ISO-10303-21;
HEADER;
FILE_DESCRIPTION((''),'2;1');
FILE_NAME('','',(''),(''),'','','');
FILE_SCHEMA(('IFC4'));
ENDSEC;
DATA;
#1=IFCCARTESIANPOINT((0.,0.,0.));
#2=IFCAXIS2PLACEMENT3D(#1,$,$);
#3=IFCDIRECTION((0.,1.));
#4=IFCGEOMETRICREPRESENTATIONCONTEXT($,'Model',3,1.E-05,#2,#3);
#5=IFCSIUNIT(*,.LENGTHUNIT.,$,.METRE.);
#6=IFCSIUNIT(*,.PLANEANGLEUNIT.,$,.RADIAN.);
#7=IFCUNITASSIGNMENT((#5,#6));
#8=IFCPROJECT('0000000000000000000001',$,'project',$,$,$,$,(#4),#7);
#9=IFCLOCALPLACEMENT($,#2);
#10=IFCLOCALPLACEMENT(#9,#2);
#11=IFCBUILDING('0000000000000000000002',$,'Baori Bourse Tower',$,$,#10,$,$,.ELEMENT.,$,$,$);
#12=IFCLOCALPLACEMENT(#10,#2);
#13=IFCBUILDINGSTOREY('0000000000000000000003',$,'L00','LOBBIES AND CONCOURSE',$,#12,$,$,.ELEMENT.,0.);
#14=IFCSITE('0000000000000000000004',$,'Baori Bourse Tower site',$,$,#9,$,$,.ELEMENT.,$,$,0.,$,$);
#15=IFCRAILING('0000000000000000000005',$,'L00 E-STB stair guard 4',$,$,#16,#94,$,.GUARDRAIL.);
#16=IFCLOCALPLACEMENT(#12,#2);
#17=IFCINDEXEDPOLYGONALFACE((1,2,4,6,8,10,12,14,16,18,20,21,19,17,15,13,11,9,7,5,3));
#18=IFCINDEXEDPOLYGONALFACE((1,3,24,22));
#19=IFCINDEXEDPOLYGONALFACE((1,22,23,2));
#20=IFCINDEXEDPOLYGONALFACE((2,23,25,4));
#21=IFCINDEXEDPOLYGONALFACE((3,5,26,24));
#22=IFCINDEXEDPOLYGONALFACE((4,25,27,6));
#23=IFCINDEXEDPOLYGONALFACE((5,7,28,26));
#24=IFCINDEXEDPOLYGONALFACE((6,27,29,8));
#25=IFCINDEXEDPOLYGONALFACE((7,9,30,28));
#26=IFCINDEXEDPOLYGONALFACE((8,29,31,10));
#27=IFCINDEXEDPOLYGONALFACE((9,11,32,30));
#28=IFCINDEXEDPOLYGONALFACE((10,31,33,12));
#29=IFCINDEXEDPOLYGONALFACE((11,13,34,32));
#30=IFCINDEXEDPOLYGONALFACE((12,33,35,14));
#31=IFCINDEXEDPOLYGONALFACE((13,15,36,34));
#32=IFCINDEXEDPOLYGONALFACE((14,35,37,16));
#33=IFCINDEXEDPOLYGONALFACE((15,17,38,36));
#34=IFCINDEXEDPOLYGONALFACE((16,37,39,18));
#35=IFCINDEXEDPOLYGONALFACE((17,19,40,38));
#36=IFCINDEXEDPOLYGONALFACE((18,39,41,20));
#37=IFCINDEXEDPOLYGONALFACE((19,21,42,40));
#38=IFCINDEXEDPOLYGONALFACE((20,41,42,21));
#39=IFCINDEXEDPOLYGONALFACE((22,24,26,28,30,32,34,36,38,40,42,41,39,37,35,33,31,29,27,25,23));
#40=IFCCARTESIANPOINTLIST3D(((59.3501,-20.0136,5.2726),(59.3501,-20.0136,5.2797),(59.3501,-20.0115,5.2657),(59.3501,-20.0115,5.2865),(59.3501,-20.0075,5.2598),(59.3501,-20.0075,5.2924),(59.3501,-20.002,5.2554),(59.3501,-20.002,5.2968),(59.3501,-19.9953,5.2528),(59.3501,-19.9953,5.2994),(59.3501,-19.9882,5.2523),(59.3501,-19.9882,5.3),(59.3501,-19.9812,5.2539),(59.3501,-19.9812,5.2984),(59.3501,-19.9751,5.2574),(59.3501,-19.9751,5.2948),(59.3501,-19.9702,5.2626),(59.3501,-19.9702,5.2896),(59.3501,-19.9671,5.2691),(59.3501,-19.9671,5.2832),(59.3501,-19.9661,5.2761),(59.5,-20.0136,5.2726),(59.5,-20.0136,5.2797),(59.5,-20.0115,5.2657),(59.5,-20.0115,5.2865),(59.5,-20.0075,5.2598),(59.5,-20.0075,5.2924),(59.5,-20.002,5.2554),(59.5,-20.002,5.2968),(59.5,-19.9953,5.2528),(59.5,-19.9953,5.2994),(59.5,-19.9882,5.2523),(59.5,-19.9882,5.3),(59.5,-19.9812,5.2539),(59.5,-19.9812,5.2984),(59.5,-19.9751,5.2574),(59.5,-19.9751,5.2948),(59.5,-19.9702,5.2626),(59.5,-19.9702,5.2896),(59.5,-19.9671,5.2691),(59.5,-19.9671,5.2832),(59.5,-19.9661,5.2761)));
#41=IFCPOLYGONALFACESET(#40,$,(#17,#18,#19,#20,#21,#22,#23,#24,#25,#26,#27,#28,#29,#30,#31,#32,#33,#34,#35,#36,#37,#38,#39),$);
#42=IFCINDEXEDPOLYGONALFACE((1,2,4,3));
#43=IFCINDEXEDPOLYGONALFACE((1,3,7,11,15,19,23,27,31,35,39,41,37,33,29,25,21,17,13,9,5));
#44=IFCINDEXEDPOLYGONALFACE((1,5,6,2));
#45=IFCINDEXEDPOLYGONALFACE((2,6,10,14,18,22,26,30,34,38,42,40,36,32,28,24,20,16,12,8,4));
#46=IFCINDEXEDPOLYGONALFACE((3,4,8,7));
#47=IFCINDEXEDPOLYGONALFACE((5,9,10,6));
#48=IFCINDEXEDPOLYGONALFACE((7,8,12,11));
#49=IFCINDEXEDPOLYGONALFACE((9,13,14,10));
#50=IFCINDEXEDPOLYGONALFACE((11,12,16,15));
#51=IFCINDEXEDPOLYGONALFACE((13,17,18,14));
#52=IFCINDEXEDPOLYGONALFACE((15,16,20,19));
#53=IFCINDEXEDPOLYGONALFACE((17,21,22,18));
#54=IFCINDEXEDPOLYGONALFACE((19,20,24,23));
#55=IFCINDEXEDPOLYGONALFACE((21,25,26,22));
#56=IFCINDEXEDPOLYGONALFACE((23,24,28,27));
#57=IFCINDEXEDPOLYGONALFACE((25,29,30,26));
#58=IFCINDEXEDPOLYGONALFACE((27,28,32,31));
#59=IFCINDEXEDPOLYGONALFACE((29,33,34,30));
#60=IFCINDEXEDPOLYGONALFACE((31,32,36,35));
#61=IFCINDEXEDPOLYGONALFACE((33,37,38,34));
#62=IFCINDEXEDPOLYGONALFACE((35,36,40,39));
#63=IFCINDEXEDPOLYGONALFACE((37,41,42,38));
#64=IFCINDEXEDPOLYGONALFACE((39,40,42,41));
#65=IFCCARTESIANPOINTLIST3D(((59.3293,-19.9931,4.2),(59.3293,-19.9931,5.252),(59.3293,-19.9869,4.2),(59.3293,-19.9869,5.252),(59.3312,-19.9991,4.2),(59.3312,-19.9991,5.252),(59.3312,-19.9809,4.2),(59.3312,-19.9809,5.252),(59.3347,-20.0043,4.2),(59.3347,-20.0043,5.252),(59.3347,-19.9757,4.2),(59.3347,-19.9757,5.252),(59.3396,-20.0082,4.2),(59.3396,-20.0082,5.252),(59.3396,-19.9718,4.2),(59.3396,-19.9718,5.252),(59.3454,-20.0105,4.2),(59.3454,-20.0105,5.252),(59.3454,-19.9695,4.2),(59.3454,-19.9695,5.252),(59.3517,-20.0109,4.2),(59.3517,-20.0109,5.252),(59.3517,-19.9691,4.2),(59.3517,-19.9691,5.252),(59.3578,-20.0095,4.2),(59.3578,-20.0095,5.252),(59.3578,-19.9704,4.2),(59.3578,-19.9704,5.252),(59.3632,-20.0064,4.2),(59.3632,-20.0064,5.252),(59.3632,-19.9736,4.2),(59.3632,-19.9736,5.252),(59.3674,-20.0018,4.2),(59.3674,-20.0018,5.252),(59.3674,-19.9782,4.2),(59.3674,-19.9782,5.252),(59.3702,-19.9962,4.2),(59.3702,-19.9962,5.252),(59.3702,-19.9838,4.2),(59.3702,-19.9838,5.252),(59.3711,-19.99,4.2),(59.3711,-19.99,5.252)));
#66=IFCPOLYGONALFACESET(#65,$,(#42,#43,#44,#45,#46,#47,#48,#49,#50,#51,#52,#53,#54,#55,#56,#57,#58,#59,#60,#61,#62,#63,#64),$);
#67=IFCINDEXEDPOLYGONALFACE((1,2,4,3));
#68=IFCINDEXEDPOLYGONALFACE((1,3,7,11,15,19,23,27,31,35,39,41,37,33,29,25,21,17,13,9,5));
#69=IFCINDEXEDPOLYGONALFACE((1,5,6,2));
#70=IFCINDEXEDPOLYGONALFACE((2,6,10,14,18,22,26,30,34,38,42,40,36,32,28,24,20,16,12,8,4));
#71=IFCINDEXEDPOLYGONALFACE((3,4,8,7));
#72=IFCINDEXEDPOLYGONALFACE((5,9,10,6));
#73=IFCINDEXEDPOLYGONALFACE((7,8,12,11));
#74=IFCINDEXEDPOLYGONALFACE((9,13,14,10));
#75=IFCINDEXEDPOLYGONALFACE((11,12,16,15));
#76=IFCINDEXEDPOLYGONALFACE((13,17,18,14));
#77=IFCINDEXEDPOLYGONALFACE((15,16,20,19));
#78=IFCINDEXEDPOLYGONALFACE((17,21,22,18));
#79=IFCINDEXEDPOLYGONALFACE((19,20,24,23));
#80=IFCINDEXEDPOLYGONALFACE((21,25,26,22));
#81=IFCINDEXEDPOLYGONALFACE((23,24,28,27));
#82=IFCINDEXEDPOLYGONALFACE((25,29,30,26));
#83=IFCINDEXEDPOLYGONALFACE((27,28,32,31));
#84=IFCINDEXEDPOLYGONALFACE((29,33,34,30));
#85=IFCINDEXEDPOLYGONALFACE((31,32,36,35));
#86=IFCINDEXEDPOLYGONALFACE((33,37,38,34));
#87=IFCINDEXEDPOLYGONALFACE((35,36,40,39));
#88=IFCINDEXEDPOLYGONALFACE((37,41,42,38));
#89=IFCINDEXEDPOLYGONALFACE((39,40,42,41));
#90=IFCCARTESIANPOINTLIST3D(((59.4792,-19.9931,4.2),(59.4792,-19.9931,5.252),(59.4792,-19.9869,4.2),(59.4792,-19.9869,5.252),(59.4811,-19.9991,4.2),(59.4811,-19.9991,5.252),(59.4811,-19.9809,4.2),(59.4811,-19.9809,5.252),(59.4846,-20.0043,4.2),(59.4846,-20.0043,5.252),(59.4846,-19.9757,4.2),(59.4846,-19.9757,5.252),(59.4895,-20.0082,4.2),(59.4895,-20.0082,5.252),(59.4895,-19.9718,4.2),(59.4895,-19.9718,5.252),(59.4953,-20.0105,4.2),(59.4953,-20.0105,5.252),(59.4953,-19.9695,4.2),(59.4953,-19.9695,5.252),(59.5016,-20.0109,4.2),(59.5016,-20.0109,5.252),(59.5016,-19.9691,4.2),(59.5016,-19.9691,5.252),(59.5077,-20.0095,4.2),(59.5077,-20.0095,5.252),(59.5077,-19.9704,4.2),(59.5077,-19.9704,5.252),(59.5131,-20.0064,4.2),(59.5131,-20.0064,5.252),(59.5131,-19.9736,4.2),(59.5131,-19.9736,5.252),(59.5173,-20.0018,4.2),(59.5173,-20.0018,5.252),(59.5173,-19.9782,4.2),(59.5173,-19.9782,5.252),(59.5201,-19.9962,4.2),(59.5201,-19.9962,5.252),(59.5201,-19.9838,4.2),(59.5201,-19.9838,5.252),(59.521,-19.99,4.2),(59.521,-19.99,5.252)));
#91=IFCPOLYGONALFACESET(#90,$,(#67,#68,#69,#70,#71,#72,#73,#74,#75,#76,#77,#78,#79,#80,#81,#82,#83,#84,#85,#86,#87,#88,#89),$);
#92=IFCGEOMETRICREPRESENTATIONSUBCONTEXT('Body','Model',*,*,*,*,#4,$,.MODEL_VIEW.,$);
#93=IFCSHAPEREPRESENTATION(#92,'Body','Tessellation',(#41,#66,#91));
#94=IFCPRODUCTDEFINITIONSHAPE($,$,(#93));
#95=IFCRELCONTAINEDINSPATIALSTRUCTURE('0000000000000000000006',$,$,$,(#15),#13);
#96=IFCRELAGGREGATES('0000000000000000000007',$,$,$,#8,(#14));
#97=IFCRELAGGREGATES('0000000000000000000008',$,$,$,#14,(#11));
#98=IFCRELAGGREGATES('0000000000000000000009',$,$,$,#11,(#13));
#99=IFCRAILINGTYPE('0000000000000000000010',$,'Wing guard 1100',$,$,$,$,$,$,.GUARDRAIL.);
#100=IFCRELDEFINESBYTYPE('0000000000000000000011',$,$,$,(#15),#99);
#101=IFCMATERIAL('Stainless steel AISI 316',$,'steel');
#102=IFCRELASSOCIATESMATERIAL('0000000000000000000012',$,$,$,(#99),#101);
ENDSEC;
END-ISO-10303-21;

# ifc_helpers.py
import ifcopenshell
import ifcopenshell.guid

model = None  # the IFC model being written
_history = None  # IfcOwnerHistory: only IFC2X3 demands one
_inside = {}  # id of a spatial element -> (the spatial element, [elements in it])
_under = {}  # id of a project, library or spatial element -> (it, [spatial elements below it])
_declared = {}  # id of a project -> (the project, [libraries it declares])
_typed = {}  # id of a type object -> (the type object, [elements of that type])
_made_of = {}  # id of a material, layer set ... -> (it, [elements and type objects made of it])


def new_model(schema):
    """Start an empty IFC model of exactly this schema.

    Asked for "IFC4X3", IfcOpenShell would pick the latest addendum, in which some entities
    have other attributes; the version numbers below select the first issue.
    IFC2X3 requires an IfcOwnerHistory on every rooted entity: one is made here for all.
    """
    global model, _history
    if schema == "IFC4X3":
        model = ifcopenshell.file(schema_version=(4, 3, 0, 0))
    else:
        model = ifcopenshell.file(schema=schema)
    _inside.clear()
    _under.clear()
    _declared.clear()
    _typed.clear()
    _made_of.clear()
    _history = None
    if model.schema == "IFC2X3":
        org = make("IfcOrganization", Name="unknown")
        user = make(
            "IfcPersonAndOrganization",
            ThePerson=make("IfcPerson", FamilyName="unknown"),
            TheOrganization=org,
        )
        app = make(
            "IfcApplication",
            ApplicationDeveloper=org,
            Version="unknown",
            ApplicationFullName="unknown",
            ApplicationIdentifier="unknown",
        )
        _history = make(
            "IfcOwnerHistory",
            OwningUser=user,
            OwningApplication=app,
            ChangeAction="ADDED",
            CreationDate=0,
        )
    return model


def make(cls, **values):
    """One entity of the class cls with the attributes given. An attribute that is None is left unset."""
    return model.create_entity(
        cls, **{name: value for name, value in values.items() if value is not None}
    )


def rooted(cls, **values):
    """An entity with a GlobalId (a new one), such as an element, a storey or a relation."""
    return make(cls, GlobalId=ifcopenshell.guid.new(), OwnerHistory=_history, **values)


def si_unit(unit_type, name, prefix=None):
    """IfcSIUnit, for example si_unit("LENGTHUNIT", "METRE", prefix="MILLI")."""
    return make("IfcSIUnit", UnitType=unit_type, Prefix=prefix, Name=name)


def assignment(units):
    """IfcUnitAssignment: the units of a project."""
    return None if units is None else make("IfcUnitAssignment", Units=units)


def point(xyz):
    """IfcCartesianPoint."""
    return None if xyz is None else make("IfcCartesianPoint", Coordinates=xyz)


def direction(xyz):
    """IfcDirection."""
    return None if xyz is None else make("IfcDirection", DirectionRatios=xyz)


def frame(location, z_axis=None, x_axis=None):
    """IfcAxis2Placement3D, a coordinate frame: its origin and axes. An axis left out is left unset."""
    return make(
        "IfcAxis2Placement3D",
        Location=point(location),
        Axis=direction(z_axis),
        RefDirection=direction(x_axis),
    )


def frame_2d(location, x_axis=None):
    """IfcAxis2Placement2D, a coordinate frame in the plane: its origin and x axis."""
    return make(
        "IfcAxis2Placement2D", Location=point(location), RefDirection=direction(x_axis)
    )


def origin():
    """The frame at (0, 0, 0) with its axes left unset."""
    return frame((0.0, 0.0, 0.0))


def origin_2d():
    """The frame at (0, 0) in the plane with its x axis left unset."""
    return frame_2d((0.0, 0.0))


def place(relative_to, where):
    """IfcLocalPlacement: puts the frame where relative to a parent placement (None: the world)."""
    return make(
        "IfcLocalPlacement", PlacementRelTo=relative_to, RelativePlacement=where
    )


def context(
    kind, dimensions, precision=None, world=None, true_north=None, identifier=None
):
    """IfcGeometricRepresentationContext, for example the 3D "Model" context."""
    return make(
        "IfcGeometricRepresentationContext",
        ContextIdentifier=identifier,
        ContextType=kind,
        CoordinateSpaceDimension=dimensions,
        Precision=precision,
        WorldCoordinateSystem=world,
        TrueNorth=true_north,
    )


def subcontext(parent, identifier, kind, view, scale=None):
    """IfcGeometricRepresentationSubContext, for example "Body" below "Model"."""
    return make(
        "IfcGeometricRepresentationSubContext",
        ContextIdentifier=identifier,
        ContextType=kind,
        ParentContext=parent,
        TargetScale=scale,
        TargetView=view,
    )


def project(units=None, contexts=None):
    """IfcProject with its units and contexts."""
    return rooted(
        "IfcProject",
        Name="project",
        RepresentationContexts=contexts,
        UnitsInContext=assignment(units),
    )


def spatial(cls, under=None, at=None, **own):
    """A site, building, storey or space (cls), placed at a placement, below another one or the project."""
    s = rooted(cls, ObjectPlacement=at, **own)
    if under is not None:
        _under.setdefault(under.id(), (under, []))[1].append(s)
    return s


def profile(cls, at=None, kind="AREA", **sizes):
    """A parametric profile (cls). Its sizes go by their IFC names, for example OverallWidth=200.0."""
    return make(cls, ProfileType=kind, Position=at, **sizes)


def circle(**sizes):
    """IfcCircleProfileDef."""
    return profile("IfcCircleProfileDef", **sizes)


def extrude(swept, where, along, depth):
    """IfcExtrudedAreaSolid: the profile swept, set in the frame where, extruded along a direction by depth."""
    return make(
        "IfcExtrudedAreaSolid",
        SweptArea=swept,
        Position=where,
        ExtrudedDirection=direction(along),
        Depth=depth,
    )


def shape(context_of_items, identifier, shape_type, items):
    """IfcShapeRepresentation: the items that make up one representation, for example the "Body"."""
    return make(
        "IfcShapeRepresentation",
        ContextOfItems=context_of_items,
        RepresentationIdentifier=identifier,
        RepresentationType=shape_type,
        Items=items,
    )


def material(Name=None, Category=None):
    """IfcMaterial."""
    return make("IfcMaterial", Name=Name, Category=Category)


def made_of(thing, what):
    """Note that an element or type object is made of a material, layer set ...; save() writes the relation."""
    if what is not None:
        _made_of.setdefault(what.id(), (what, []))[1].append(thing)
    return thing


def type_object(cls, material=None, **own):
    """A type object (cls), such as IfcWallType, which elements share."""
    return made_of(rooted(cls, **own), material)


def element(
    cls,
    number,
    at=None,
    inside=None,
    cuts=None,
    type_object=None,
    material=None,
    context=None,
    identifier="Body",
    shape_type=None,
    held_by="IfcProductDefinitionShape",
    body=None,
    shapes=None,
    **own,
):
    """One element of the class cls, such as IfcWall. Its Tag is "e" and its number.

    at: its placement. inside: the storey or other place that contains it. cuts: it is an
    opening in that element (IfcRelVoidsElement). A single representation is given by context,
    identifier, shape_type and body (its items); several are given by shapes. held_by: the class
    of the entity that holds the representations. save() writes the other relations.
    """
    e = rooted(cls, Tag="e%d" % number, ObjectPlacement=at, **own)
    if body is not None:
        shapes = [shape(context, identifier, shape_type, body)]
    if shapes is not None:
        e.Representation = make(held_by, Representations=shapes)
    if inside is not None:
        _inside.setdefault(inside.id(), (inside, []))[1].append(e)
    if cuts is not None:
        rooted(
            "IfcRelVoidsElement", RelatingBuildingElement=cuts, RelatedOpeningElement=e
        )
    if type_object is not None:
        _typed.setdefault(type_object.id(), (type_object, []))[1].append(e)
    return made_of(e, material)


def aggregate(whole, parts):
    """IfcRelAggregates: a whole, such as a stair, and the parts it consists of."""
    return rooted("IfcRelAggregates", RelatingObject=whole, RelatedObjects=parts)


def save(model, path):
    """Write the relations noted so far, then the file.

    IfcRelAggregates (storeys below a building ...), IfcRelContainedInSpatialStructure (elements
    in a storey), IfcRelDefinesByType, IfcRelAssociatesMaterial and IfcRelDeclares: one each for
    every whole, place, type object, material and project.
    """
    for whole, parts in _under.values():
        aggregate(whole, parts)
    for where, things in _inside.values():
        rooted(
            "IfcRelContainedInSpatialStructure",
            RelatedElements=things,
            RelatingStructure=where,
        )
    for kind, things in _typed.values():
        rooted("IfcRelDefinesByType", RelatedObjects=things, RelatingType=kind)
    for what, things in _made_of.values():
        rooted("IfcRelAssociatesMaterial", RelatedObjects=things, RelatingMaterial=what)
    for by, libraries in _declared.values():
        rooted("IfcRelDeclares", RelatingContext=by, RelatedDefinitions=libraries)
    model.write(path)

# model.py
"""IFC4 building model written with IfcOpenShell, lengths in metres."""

from ifc_helpers import new_model, si_unit, direction, frame, origin, origin_2d, place, context, subcontext, project, spatial, circle, extrude, material, type_object, element, save


model = new_model("IFC4")

# Units and contexts
model_context = context("Model", 3, precision=1e-05, world=origin(), true_north=direction((0.0, 1.0)))
body_context = subcontext(model_context, "Body", "Model", "MODEL_VIEW")
ifc_project = project(units=[si_unit("LENGTHUNIT", "METRE"), si_unit("PLANEANGLEUNIT", "RADIAN")], contexts=[model_context])

# Site, building, storey
site_placement = place(None, origin())
site = spatial("IfcSite", under=ifc_project, at=site_placement, Name="Baori Bourse Tower site", CompositionType="ELEMENT", RefElevation=0.0)
building_placement = place(site_placement, origin())
building = spatial("IfcBuilding", under=site, at=building_placement, Name="Baori Bourse Tower", CompositionType="ELEMENT")
storey_placement = place(building_placement, origin())
storey = spatial("IfcBuildingStorey", under=building, at=storey_placement, Name="L00", Description="LOBBIES AND CONCOURSE", CompositionType="ELEMENT", Elevation=0.0)

# Railing
ifc_material_1 = material(Name="Stainless steel AISI 316", Category="steel")
railing_type_1 = type_object("IfcRailingType", Name="Wing guard 1100", PredefinedType="GUARDRAIL", material=ifc_material_1)
railing_1_placement = place(storey_placement, frame((59.3501, -19.99, 4.2)))
element("IfcRailing", 1, at=railing_1_placement, inside=storey, type_object=railing_type_1, Name="L00 E-STB stair guard 4", PredefinedType="GUARDRAIL", context=body_context, shape_type="SweptSolid", body=[
    extrude(circle(Radius=0.0239, at=origin_2d()), frame((0.0, 0.0, 1.0762), z_axis=(1.0, 0.0, 0.0), x_axis=(0.0, 1.0, 0.0)), (0.0, 0.0, 1.0), 0.1499),
    extrude(circle(Radius=0.021, at=origin_2d()), origin(), (0.0, 0.0, 1.0), 1.052),
    extrude(circle(Radius=0.021, at=origin_2d()), frame((0.1499, 0.0, 0.0)), (0.0, 0.0, 1.0), 1.052),
])

save(model, "model.ifc")
